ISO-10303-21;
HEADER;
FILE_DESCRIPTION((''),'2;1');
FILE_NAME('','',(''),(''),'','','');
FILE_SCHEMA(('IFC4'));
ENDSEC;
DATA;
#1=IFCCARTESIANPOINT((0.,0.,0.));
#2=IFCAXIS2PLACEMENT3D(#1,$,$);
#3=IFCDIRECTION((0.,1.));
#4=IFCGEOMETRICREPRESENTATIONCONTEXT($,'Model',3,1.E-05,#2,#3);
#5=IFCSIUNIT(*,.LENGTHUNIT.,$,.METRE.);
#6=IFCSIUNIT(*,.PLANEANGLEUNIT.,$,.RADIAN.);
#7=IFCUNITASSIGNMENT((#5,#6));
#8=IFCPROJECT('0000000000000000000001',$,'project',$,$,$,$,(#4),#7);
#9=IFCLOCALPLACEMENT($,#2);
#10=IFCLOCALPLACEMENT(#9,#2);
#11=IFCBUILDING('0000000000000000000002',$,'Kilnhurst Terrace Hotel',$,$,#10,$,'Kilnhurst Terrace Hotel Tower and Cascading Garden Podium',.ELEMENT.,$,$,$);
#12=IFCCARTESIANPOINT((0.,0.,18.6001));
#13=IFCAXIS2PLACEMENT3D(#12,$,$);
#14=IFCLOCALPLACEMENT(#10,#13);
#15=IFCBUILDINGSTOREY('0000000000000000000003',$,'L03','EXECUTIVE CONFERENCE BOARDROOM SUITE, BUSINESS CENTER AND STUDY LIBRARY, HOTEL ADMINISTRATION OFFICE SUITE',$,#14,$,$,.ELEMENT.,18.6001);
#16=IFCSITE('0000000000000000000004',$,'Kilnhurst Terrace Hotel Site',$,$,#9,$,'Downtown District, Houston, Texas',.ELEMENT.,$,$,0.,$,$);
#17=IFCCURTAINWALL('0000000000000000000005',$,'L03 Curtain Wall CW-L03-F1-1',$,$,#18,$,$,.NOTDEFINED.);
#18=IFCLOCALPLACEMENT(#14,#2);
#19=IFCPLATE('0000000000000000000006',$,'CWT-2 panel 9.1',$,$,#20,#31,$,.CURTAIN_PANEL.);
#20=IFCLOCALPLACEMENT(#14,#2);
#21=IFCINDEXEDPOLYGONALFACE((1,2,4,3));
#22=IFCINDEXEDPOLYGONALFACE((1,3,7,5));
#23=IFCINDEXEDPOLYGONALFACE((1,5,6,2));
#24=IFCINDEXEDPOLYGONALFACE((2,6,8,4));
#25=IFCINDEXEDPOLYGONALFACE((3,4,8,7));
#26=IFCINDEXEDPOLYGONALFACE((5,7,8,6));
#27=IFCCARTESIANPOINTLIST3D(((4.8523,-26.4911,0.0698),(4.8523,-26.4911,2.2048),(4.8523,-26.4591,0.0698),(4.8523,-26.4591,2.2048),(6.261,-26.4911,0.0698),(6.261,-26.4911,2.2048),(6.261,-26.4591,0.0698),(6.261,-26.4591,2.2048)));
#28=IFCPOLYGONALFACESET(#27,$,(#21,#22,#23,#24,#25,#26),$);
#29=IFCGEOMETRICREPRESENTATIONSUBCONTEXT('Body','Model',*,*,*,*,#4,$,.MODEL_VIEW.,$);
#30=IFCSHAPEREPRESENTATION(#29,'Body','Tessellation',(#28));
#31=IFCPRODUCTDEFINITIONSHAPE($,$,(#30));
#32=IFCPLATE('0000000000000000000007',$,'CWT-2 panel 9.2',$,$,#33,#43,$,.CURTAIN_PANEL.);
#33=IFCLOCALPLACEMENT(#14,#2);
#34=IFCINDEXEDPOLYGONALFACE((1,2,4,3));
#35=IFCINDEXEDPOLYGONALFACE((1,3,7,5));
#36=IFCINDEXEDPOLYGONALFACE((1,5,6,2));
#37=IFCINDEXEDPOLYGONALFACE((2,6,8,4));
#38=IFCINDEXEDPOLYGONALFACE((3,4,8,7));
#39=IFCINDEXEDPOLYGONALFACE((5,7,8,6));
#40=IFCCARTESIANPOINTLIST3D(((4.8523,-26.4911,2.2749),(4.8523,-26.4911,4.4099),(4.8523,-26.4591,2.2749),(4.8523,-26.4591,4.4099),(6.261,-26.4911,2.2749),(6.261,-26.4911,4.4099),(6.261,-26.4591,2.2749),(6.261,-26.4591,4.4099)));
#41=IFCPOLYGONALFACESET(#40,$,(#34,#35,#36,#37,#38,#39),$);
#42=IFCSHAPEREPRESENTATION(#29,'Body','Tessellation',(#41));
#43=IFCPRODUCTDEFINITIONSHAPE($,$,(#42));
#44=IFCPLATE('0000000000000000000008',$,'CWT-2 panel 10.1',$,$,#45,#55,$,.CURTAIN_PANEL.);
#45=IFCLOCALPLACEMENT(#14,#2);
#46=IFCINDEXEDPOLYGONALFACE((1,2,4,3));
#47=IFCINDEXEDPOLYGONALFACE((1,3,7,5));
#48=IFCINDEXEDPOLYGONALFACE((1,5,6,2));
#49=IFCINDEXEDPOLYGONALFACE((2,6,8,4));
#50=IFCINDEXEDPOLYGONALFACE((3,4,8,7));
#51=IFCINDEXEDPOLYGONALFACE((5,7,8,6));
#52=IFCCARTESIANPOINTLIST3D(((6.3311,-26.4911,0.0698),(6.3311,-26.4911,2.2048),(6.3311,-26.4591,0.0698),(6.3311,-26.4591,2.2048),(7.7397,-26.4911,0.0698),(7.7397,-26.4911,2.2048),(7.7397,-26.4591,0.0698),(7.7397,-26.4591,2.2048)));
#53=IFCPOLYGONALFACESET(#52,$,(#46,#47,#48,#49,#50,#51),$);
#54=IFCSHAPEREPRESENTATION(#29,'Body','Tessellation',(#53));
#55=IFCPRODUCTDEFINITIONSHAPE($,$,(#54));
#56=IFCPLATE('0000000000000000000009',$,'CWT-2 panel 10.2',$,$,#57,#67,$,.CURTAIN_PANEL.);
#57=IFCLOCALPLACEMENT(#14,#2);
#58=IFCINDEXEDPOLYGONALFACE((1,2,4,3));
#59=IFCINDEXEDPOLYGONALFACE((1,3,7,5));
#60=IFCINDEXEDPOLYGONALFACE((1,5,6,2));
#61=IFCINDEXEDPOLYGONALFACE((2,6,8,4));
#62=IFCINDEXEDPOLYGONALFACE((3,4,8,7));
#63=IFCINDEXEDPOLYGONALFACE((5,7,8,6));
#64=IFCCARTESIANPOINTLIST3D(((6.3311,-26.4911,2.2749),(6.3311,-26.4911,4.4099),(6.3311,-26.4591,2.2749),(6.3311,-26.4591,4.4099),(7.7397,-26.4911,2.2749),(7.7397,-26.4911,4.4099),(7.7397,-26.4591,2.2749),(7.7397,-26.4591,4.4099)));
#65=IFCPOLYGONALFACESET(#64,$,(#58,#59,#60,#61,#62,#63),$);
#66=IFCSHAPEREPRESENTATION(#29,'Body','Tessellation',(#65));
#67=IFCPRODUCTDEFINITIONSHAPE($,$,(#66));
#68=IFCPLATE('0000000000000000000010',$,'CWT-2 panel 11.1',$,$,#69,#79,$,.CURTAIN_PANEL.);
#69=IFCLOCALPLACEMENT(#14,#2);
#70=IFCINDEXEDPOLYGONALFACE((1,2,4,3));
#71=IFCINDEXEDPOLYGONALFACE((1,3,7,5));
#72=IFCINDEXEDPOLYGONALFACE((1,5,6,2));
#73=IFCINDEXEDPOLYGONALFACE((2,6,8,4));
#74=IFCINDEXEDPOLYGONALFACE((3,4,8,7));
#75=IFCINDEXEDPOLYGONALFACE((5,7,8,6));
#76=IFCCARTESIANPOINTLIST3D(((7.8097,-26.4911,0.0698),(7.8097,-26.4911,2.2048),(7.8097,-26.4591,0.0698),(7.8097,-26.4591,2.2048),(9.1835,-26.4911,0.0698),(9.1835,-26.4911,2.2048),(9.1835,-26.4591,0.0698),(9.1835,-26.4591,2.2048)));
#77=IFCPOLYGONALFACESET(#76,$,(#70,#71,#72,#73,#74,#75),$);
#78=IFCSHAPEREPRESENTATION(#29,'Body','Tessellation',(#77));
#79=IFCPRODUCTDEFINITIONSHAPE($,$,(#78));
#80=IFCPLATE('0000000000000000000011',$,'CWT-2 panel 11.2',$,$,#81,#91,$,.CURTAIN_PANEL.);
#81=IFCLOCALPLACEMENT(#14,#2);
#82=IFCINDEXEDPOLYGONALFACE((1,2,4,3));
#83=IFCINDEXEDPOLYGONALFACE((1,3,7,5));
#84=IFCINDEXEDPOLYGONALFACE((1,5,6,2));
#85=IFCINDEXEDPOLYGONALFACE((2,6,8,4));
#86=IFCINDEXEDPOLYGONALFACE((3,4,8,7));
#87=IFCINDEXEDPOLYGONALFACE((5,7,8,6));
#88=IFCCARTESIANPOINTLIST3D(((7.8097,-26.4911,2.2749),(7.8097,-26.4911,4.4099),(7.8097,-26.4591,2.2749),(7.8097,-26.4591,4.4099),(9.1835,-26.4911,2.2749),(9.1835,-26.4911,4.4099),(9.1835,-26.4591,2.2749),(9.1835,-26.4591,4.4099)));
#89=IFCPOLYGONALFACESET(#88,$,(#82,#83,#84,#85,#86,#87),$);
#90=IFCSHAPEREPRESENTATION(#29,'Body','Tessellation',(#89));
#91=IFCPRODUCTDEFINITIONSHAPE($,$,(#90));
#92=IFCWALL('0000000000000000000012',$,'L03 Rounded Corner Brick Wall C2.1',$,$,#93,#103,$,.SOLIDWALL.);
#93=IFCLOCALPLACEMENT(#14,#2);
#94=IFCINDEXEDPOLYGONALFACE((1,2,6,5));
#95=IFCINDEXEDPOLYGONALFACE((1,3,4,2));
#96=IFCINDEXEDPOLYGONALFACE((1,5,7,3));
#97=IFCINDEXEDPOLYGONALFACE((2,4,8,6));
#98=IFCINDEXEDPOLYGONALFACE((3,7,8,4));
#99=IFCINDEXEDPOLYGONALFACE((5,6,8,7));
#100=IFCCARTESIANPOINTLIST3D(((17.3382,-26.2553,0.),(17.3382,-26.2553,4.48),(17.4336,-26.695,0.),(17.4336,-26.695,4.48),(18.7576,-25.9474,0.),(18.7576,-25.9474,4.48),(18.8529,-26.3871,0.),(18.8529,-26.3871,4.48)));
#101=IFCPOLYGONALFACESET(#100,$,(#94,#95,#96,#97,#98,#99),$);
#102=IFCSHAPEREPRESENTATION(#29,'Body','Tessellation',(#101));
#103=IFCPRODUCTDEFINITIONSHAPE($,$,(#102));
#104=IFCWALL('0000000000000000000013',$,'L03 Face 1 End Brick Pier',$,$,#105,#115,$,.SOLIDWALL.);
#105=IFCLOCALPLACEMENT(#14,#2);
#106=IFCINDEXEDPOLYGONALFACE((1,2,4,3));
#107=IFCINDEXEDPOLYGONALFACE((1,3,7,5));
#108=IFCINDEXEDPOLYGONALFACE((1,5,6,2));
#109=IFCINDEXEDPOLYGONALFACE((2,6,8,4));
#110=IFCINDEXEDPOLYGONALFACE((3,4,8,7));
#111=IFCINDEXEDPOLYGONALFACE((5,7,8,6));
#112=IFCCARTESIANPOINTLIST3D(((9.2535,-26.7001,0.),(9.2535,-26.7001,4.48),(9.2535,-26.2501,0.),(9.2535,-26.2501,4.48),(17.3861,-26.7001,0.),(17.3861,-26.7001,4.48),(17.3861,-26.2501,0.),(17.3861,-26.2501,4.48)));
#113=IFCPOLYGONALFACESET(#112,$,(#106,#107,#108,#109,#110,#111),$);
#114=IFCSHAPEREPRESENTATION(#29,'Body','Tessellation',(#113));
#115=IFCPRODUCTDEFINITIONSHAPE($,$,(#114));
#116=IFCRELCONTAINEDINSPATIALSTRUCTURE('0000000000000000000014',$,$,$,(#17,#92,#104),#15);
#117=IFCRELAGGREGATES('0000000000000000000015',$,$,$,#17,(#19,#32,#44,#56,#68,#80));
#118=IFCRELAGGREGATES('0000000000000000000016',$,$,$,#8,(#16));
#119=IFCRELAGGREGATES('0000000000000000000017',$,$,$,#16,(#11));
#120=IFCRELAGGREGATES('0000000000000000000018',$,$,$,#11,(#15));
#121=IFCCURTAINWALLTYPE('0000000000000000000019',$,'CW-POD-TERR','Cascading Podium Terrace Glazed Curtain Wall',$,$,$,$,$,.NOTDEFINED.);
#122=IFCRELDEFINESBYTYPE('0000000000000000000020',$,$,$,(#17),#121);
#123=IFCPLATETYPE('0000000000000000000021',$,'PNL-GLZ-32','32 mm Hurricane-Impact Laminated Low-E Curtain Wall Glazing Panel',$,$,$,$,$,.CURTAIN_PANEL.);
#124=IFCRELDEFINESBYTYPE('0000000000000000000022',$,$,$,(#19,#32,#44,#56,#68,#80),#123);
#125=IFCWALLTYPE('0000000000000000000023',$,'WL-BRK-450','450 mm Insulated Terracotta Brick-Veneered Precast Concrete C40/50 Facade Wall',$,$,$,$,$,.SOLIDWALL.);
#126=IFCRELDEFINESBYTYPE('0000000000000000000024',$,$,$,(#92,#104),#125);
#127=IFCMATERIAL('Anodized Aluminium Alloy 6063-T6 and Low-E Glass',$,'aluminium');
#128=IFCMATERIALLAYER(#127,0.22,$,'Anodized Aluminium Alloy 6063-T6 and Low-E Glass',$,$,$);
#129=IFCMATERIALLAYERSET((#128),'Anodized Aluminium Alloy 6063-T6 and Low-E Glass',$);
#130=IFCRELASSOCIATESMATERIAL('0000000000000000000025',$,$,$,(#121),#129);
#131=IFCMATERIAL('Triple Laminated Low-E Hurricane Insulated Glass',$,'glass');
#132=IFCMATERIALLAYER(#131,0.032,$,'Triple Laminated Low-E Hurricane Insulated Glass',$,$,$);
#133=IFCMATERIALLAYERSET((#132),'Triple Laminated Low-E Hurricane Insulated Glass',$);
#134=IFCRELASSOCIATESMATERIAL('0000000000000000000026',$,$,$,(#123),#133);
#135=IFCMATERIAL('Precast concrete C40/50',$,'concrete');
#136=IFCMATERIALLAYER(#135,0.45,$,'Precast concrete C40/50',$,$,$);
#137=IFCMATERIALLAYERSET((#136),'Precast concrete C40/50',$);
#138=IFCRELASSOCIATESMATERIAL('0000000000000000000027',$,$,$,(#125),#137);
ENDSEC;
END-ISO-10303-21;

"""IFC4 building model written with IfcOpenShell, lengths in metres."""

from ifc_helpers import new_model, si_unit, direction, frame, frame_2d, origin, origin_2d, place, context, subcontext, project, spatial, rectangle, extrude, material, layer, layer_set, type_object, element, aggregate, save


model = new_model("IFC4")

# Units and contexts
model_context = context("Model", 3, precision=1e-05, world=origin(), true_north=direction((0.0, 1.0)))
body_context = subcontext(model_context, "Body", "Model", "MODEL_VIEW")
ifc_project = project(units=[si_unit("LENGTHUNIT", "METRE"), si_unit("PLANEANGLEUNIT", "RADIAN")], contexts=[model_context])

# Site, building, storey
site_placement = place(None, origin())
site = spatial("IfcSite", under=ifc_project, at=site_placement, Name="Kilnhurst Terrace Hotel Site", LongName="Downtown District, Houston, Texas", CompositionType="ELEMENT", RefElevation=0.0)
building_placement = place(site_placement, origin())
building = spatial("IfcBuilding", under=site, at=building_placement, Name="Kilnhurst Terrace Hotel", LongName="Kilnhurst Terrace Hotel Tower and Cascading Garden Podium", CompositionType="ELEMENT")
storey_placement = place(building_placement, frame((0.0, 0.0, 18.6001)))
storey = spatial("IfcBuildingStorey", under=building, at=storey_placement, Name="L03", Description="EXECUTIVE CONFERENCE BOARDROOM SUITE, BUSINESS CENTER AND STUDY LIBRARY, HOTEL ADMINISTRATION OFFICE SUITE", CompositionType="ELEMENT", Elevation=18.6001)

# Curtain wall, plates
ifc_material_1 = material(Name="Anodized Aluminium Alloy 6063-T6 and Low-E Glass", Category="aluminium")
ifc_layer_1 = layer(ifc_material_1, 0.22, Name="Anodized Aluminium Alloy 6063-T6 and Low-E Glass")
ifc_layer_set_1 = layer_set([ifc_layer_1], Name="Anodized Aluminium Alloy 6063-T6 and Low-E Glass")
curtain_wall_type = type_object("IfcCurtainWallType", Name="CW-POD-TERR", Description="Cascading Podium Terrace Glazed Curtain Wall", PredefinedType="NOTDEFINED", material=ifc_layer_set_1)
curtain_wall_placement = place(storey_placement, origin())
curtain_wall = element("IfcCurtainWall", 1, at=curtain_wall_placement, inside=storey, type_object=curtain_wall_type, Name="L03 Curtain Wall CW-L03-F1-1", PredefinedType="NOTDEFINED")
ifc_material_2 = material(Name="Triple Laminated Low-E Hurricane Insulated Glass", Category="glass")
ifc_layer_2 = layer(ifc_material_2, 0.032, Name="Triple Laminated Low-E Hurricane Insulated Glass")
ifc_layer_set_2 = layer_set([ifc_layer_2], Name="Triple Laminated Low-E Hurricane Insulated Glass")
plate_type = type_object("IfcPlateType", Name="PNL-GLZ-32", Description="32 mm Hurricane-Impact Laminated Low-E Curtain Wall Glazing Panel", PredefinedType="CURTAIN_PANEL", material=ifc_layer_set_2)
plate_1_placement = place(storey_placement, frame((5.5566, -26.4751, 0.0698), z_axis=(0.0, 0.0, 1.0), x_axis=(1.0, 0.0, 0.0)))
plate_1 = element("IfcPlate", 2, at=plate_1_placement, type_object=plate_type, Name="CWT-2 panel 9.1", PredefinedType="CURTAIN_PANEL", context=body_context, shape_type="SweptSolid", body=[
    extrude(rectangle(XDim=1.4087, YDim=0.032, at=origin_2d()), origin(), (0.0, 0.0, 1.0), 2.135),
])
plate_2_placement = place(storey_placement, frame((5.5566, -26.4751, 2.2749), z_axis=(0.0, 0.0, 1.0), x_axis=(1.0, 0.0, 0.0)))
plate_2 = element("IfcPlate", 3, at=plate_2_placement, type_object=plate_type, Name="CWT-2 panel 9.2", PredefinedType="CURTAIN_PANEL", context=body_context, shape_type="SweptSolid", body=[
    extrude(rectangle(XDim=1.4087, YDim=0.032, at=origin_2d()), origin(), (0.0, 0.0, 1.0), 2.135),
])
plate_3_placement = place(storey_placement, frame((7.0354, -26.4751, 0.0698), z_axis=(0.0, 0.0, 1.0), x_axis=(1.0, 0.0, 0.0)))
plate_3 = element("IfcPlate", 4, at=plate_3_placement, type_object=plate_type, Name="CWT-2 panel 10.1", PredefinedType="CURTAIN_PANEL", context=body_context, shape_type="SweptSolid", body=[
    extrude(rectangle(XDim=1.4087, YDim=0.032, at=origin_2d()), origin(), (0.0, 0.0, 1.0), 2.135),
])
plate_4_placement = place(storey_placement, frame((7.0354, -26.4751, 2.2749), z_axis=(0.0, 0.0, 1.0), x_axis=(1.0, 0.0, 0.0)))
plate_4 = element("IfcPlate", 5, at=plate_4_placement, type_object=plate_type, Name="CWT-2 panel 10.2", PredefinedType="CURTAIN_PANEL", context=body_context, shape_type="SweptSolid", body=[
    extrude(rectangle(XDim=1.4087, YDim=0.032, at=origin_2d()), origin(), (0.0, 0.0, 1.0), 2.135),
])
plate_5_placement = place(storey_placement, frame((8.4966, -26.4751, 0.0698), z_axis=(0.0, 0.0, 1.0), x_axis=(1.0, 0.0, 0.0)))
plate_5 = element("IfcPlate", 6, at=plate_5_placement, type_object=plate_type, Name="CWT-2 panel 11.1", PredefinedType="CURTAIN_PANEL", context=body_context, shape_type="SweptSolid", body=[
    extrude(rectangle(XDim=1.3738, YDim=0.032, at=origin_2d()), origin(), (0.0, 0.0, 1.0), 2.135),
])
plate_6_placement = place(storey_placement, frame((8.4966, -26.4751, 2.2749), z_axis=(0.0, 0.0, 1.0), x_axis=(1.0, 0.0, 0.0)))
plate_6 = element("IfcPlate", 7, at=plate_6_placement, type_object=plate_type, Name="CWT-2 panel 11.2", PredefinedType="CURTAIN_PANEL", context=body_context, shape_type="SweptSolid", body=[
    extrude(rectangle(XDim=1.3738, YDim=0.032, at=origin_2d()), origin(), (0.0, 0.0, 1.0), 2.135),
])
aggregate(curtain_wall, [plate_1, plate_2, plate_3, plate_4, plate_5, plate_6])

# Walls
ifc_material_3 = material(Name="Precast concrete C40/50", Category="concrete")
ifc_layer_3 = layer(ifc_material_3, 0.45, Name="Precast concrete C40/50")
ifc_layer_set_3 = layer_set([ifc_layer_3], Name="Precast concrete C40/50")
wall_type = type_object("IfcWallType", Name="WL-BRK-450", Description="450 mm Insulated Terracotta Brick-Veneered Precast Concrete C40/50 Facade Wall", PredefinedType="SOLIDWALL", material=ifc_layer_set_3)
wall_1_placement = place(storey_placement, frame((17.386, -26.4751, 0.0), z_axis=(0.0, 0.0, 1.0), x_axis=(0.977278, 0.211962, 0.0)))
element("IfcWall", 8, at=wall_1_placement, inside=storey, type_object=wall_type, Name="L03 Rounded Corner Brick Wall C2.1", PredefinedType="SOLIDWALL", context=body_context, shape_type="SweptSolid", body=[
    extrude(rectangle(XDim=1.4524, YDim=0.45, at=frame_2d((0.7261, 0.0))), origin(), (0.0, 0.0, 1.0), 4.48),
])
wall_2_placement = place(storey_placement, frame((9.2534, -26.4751, 0.0), z_axis=(0.0, 0.0, 1.0), x_axis=(1.0, 0.0, 0.0)))
element("IfcWall", 9, at=wall_2_placement, inside=storey, type_object=wall_type, Name="L03 Face 1 End Brick Pier", PredefinedType="SOLIDWALL", context=body_context, shape_type="SweptSolid", body=[
    extrude(rectangle(XDim=8.1326, YDim=0.45, at=frame_2d((4.0664, 0.0))), origin(), (0.0, 0.0, 1.0), 4.48),
])

save(model, "model.ifc")
